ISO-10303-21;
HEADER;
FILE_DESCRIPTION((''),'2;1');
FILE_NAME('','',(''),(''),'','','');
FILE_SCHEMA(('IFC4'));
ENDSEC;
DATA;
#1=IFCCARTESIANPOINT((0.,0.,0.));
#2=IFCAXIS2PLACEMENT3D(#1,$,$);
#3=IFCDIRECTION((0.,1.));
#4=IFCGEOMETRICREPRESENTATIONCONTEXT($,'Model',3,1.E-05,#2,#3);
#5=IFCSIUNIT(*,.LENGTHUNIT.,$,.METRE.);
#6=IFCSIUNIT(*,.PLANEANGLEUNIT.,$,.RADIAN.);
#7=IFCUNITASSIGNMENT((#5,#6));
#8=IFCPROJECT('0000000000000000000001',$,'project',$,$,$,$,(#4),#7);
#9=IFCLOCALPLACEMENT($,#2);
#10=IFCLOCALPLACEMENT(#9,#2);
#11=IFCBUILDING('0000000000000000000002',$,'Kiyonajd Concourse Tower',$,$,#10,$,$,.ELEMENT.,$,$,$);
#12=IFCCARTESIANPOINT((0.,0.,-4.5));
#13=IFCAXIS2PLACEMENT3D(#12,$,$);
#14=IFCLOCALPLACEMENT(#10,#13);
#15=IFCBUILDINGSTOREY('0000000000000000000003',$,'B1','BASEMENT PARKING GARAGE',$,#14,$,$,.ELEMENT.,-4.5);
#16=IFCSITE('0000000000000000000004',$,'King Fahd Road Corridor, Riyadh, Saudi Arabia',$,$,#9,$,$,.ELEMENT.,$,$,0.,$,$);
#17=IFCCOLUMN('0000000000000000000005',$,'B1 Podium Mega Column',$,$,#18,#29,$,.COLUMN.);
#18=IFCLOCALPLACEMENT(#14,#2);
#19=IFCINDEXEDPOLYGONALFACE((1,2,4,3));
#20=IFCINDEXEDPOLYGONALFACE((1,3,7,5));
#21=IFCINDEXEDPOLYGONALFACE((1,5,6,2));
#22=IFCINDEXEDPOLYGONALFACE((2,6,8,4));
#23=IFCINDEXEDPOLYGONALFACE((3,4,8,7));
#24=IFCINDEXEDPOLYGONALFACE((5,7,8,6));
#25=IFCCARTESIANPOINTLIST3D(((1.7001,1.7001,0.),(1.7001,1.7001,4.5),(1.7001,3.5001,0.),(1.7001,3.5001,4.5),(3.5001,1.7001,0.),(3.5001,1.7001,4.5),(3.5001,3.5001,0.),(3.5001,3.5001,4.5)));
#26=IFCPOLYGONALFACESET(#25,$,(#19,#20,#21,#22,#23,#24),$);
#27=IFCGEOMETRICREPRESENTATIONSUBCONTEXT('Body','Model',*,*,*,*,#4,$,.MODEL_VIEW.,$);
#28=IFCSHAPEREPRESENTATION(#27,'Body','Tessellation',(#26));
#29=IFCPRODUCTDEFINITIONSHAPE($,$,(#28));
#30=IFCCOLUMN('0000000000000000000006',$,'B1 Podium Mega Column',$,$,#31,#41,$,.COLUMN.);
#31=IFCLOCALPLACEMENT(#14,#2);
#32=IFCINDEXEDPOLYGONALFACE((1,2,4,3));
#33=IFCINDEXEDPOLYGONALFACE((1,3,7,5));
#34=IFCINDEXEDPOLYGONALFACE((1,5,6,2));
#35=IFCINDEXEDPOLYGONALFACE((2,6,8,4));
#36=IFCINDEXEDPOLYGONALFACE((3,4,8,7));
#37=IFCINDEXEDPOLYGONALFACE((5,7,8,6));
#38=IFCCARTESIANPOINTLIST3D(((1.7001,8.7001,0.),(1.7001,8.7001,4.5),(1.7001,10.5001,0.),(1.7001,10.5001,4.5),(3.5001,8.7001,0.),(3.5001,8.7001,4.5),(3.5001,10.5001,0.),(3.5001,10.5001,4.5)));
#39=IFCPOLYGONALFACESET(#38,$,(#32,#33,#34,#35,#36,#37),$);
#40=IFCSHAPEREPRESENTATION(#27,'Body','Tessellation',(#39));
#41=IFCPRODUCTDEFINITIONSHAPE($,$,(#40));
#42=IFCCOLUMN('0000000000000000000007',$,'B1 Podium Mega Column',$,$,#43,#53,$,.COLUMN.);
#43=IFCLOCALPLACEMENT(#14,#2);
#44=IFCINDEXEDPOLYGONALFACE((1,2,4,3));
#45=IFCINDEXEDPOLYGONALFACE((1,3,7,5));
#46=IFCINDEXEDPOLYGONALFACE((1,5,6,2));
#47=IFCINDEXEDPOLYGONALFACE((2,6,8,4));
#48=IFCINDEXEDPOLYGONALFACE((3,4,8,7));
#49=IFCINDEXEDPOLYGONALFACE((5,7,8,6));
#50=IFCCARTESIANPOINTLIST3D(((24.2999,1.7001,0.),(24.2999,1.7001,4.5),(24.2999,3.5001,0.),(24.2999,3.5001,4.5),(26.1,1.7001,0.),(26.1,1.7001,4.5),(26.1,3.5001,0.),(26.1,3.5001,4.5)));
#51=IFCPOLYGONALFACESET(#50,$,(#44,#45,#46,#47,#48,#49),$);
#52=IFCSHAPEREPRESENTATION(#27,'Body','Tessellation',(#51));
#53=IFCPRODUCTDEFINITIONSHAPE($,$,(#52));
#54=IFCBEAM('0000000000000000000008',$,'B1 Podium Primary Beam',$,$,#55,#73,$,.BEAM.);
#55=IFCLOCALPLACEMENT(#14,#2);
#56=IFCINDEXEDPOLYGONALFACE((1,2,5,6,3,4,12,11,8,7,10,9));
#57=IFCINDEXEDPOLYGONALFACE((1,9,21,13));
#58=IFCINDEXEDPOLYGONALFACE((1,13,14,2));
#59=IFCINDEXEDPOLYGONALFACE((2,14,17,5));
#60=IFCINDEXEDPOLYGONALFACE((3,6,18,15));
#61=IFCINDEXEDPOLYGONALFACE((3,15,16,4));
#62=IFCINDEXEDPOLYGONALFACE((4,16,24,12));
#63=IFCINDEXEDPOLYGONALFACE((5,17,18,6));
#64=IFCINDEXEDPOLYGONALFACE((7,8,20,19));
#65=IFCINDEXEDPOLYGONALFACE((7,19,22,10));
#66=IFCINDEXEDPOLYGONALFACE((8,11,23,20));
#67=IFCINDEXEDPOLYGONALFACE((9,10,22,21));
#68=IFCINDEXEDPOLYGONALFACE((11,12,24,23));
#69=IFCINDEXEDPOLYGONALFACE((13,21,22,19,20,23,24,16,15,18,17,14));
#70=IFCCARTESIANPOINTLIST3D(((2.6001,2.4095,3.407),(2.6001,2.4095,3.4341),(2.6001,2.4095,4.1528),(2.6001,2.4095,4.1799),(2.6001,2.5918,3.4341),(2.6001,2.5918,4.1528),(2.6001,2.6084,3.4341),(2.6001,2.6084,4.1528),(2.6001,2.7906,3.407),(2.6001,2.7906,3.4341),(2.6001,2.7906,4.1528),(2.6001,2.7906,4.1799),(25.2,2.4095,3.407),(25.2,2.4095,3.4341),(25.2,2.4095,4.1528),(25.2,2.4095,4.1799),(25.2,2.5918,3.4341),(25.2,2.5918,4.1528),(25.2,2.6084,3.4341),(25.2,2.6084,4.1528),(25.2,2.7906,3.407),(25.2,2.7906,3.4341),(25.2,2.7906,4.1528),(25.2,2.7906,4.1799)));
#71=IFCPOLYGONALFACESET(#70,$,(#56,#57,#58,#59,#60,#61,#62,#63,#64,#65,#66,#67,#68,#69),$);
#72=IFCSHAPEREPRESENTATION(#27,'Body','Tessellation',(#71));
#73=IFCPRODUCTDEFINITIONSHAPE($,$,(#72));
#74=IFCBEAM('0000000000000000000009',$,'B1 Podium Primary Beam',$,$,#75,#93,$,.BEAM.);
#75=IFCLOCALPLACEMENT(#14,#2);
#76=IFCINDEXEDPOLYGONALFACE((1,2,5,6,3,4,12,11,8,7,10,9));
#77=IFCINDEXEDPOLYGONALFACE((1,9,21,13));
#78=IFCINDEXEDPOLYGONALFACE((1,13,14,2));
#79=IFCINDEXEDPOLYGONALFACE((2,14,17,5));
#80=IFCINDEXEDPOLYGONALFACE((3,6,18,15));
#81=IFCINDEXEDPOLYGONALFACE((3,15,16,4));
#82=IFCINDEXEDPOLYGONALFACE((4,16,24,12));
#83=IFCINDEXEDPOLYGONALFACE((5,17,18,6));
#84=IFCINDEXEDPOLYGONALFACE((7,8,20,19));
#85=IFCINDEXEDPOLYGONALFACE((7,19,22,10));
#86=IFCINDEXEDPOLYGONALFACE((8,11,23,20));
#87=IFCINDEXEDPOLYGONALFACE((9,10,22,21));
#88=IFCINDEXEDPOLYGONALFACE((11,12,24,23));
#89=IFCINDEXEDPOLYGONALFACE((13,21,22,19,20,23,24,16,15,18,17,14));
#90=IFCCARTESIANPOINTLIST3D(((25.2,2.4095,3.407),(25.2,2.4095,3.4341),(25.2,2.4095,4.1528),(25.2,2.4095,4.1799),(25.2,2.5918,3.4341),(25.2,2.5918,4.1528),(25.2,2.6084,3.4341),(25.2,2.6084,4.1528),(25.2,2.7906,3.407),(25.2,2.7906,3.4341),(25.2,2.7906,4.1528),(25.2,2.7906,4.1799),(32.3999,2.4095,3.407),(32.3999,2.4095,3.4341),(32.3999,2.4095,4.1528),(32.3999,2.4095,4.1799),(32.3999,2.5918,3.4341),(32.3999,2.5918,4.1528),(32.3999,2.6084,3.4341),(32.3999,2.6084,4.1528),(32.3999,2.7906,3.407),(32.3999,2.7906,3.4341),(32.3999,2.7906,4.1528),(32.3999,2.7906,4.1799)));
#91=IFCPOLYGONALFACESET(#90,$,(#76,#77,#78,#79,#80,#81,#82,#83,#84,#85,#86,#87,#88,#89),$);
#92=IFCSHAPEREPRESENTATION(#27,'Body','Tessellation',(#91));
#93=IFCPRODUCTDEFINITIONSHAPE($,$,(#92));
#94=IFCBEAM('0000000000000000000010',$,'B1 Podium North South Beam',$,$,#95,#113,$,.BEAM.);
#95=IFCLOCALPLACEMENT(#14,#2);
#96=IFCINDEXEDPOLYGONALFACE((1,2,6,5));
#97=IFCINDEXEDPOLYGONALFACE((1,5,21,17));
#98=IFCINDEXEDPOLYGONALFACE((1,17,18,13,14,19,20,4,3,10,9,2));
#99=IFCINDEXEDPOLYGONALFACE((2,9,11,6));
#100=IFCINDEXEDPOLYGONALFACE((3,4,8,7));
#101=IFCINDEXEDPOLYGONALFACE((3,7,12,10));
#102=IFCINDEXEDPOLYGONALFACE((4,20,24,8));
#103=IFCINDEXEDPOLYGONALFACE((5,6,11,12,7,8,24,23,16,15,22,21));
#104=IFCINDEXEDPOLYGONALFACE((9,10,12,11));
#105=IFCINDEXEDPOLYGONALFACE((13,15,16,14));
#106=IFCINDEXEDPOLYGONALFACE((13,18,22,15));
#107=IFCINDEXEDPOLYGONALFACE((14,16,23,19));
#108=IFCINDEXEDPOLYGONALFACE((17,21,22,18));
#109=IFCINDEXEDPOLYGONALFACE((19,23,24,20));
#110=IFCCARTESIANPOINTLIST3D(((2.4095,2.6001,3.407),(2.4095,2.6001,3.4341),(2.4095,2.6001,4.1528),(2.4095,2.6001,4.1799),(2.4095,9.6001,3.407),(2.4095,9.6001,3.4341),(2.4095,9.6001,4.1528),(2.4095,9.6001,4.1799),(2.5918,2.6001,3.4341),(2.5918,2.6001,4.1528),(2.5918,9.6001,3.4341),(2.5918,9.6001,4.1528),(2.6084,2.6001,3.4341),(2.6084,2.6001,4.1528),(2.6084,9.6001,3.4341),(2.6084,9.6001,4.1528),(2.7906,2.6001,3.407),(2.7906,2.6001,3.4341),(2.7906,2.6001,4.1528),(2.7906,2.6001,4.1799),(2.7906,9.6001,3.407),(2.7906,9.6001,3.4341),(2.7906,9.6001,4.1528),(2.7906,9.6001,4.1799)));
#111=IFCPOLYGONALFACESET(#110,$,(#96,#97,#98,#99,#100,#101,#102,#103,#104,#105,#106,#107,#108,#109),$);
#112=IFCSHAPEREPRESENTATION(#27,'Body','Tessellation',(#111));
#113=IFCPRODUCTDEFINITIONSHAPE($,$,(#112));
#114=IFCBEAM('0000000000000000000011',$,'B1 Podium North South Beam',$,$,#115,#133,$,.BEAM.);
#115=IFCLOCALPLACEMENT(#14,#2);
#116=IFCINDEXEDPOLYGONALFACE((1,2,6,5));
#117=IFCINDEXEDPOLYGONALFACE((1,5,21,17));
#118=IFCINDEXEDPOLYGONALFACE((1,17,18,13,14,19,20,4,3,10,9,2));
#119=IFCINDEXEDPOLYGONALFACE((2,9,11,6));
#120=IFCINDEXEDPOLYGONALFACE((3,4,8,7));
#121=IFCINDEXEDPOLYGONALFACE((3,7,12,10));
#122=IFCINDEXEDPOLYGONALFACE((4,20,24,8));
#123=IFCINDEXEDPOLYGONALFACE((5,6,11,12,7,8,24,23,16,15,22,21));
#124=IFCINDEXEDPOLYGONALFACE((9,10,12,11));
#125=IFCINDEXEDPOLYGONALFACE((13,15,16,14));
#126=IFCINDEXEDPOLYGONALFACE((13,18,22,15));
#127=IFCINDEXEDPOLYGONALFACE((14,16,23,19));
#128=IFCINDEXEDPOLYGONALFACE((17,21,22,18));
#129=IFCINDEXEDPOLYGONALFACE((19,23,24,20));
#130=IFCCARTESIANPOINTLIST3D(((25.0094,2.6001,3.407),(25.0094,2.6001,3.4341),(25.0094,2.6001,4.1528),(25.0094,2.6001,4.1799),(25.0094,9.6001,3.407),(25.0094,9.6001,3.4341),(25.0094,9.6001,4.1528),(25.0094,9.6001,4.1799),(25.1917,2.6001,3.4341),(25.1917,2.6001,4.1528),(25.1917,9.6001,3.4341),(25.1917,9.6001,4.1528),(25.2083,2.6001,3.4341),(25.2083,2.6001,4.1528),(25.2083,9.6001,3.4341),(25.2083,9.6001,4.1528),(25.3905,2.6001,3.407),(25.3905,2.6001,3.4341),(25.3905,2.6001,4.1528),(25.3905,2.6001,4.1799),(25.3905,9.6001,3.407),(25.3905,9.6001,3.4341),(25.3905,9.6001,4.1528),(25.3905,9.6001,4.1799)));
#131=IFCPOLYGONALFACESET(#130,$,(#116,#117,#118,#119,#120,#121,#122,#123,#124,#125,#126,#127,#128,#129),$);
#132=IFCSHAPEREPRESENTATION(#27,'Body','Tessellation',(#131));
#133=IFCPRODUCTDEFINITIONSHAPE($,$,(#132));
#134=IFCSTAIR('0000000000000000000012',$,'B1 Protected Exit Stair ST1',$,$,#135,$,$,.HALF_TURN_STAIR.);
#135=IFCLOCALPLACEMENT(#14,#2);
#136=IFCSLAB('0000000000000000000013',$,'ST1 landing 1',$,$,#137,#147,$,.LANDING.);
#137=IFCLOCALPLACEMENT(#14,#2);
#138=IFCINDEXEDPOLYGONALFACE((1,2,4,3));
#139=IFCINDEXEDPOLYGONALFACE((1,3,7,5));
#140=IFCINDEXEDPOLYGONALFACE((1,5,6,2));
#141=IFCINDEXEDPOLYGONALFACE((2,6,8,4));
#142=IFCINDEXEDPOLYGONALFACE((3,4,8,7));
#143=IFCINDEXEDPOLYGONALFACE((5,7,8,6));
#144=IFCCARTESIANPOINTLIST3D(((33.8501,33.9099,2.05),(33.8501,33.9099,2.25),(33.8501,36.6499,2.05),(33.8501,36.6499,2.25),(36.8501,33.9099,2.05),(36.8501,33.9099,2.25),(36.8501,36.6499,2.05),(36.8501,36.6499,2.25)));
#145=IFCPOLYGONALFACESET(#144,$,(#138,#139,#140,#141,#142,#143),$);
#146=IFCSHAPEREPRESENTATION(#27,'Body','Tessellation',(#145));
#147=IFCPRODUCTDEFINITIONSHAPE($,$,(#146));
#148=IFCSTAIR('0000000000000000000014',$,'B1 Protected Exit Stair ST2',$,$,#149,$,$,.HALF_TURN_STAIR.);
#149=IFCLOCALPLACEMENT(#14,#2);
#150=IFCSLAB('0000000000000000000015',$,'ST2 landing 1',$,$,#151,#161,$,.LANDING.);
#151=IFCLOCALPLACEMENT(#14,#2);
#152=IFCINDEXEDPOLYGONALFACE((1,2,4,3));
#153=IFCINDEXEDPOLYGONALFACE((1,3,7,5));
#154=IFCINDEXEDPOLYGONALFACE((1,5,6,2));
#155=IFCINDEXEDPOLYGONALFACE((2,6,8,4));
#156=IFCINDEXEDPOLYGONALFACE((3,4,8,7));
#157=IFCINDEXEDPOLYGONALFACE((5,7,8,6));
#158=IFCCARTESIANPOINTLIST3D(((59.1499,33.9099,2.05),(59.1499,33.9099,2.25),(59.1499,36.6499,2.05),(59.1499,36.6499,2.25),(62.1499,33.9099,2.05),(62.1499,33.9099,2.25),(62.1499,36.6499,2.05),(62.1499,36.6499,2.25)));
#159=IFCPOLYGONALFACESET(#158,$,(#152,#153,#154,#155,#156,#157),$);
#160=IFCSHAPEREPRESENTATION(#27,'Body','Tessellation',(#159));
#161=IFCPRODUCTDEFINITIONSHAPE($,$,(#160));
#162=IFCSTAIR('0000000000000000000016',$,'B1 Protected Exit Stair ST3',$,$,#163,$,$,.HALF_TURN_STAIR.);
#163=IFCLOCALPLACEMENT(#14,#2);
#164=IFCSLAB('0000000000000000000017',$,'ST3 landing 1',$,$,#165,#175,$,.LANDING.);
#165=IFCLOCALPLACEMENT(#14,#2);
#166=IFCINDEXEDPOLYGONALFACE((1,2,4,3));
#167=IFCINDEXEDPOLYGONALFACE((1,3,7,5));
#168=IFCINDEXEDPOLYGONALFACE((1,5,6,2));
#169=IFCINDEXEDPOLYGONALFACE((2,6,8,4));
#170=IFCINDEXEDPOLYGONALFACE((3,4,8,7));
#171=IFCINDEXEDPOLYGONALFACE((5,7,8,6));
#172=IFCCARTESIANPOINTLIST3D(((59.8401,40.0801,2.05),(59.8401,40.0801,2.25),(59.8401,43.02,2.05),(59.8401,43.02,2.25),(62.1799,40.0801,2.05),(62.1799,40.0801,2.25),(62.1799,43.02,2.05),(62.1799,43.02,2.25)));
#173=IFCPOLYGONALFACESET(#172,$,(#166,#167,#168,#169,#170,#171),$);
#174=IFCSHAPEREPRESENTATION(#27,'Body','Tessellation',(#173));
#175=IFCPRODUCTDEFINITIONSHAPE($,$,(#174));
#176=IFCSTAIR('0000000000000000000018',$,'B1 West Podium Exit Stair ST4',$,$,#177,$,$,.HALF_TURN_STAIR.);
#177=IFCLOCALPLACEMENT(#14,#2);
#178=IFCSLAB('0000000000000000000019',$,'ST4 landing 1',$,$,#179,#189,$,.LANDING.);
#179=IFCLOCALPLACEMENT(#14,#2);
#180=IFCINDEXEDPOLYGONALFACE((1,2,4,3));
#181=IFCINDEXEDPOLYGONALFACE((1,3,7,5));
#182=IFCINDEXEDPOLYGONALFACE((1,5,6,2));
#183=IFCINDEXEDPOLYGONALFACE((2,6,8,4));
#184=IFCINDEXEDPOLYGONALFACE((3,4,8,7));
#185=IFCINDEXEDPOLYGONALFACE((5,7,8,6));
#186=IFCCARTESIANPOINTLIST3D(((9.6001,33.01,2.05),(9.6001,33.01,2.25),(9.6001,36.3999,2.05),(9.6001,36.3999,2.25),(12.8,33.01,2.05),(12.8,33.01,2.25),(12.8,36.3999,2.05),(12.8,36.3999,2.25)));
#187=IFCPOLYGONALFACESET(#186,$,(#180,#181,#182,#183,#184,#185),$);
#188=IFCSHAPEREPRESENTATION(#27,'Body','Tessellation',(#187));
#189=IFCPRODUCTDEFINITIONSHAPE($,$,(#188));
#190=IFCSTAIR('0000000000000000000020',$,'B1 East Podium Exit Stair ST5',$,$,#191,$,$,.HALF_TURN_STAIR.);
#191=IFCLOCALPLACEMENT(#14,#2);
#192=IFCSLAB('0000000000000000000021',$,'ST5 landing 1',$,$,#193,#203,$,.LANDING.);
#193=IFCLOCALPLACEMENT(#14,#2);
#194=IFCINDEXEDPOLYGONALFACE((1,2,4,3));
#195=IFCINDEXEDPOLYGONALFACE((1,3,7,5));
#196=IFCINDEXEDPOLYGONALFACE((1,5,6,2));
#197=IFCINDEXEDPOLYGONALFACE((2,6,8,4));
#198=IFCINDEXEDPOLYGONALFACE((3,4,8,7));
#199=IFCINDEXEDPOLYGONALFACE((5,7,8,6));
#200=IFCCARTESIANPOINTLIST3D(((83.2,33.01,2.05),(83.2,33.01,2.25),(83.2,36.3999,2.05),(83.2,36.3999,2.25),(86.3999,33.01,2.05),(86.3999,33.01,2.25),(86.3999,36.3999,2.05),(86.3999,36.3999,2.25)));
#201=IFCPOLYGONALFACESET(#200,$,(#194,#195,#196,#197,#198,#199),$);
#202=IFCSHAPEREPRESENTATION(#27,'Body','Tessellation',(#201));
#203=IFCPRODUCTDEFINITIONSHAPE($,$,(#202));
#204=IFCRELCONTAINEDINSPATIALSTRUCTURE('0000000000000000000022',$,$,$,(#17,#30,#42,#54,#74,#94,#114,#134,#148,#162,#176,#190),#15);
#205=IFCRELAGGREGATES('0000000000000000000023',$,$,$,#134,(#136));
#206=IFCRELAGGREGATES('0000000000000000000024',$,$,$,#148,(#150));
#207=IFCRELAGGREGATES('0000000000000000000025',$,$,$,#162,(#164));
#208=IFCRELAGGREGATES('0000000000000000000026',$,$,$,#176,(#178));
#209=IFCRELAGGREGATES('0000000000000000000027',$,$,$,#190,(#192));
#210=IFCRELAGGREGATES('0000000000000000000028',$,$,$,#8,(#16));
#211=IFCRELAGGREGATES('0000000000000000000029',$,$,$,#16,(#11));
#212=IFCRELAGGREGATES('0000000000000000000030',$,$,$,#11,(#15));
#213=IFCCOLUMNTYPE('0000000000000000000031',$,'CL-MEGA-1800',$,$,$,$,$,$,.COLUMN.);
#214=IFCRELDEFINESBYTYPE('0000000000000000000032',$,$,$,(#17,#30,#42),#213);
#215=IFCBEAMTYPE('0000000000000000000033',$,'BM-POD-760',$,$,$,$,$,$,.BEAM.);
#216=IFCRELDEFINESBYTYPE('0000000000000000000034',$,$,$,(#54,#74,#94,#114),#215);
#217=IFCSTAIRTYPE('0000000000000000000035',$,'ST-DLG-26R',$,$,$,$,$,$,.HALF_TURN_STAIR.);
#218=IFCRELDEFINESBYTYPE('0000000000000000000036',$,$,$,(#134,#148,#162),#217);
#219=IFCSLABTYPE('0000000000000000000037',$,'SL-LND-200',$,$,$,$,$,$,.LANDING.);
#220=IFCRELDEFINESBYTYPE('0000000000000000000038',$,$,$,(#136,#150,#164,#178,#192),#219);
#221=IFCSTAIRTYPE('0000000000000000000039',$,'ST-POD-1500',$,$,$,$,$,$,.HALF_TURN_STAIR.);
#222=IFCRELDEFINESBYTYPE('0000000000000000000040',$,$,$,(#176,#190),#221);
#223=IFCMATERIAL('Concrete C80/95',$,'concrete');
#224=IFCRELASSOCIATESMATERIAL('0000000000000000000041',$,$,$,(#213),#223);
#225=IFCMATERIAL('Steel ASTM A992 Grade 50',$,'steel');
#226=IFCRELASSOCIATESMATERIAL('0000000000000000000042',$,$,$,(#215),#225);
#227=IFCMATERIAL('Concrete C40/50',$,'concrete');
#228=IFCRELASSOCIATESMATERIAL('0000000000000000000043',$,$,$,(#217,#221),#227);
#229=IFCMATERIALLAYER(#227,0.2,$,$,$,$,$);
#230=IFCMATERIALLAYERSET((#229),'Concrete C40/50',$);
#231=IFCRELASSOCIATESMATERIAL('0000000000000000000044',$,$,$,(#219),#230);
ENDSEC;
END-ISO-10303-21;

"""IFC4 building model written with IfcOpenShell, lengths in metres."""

from ifc_helpers import new_model, si_unit, direction, frame, origin, origin_2d, place, context, subcontext, project, spatial, polyline, rectangle, i_section, outline, extrude, material, layer, layer_set, material_profile, profile_set, type_object, element, aggregate, save


model = new_model("IFC4")

# Units and contexts
model_context = context("Model", 3, precision=1e-05, world=origin(), true_north=direction((0.0, 1.0)))
body_context = subcontext(model_context, "Body", "Model", "MODEL_VIEW")
ifc_project = project(units=[si_unit("LENGTHUNIT", "METRE"), si_unit("PLANEANGLEUNIT", "RADIAN")], contexts=[model_context])

# Site, building, storey
site_placement = place(None, origin())
site = spatial("IfcSite", under=ifc_project, at=site_placement, Name="King Fahd Road Corridor, Riyadh, Saudi Arabia", CompositionType="ELEMENT", RefElevation=0.0)
building_placement = place(site_placement, origin())
building = spatial("IfcBuilding", under=site, at=building_placement, Name="Kiyonajd Concourse Tower", CompositionType="ELEMENT")
storey_placement = place(building_placement, frame((0.0, 0.0, -4.5)))
storey = spatial("IfcBuildingStorey", under=building, at=storey_placement, Name="B1", Description="BASEMENT PARKING GARAGE", CompositionType="ELEMENT", Elevation=-4.5)

# Columns
ifc_material_1 = material(Name="Concrete C80/95", Category="concrete")
ifc_material_profile_1 = material_profile(ifc_material_1, rectangle(XDim=1.8, YDim=1.8, at=origin_2d()), Name="RC-1800x1800")
ifc_profile_set_1 = profile_set([ifc_material_profile_1], Name="Concrete C80/95")
column_type = type_object("IfcColumnType", Name="CL-MEGA-1800", PredefinedType="COLUMN", material=ifc_profile_set_1)
for number, where, z_axis, x_axis, name in (
    (1, (2.6001, 2.6001, 0.0), (0.0, 0.0, 1.0), (1.0, 0.0, 0.0), "B1 Podium Mega Column"),
    (2, (2.6001, 9.6001, 0.0), (0.0, 0.0, 1.0), (1.0, 0.0, 0.0), "B1 Podium Mega Column"),
    (3, (25.2, 2.6001, 0.0), (0.0, 0.0, 1.0), (1.0, 0.0, 0.0), "B1 Podium Mega Column"),
):
    element("IfcColumn", number, at=place(storey_placement, frame(where, z_axis=z_axis, x_axis=x_axis)), inside=storey, type_object=column_type, Name=name, PredefinedType="COLUMN", context=body_context, shape_type="SweptSolid", body=[
        extrude(rectangle(XDim=1.8, YDim=1.8, at=origin_2d()), origin(), (0.0, 0.0, 1.0), 4.5),
    ])

# Beams
ifc_material_2 = material(Name="Steel ASTM A992 Grade 50", Category="steel")
ifc_material_profile_2 = material_profile(ifc_material_2, i_section(OverallWidth=0.3811, OverallDepth=0.7729, WebThickness=0.0166, FlangeThickness=0.0271, at=origin_2d()), Name="W760X257")
ifc_profile_set_2 = profile_set([ifc_material_profile_2], Name="Steel ASTM A992 Grade 50")
beam_type = type_object("IfcBeamType", Name="BM-POD-760", PredefinedType="BEAM", material=ifc_profile_set_2)
beam_1_placement = place(storey_placement, frame((2.6001, 2.6001, 3.7935), z_axis=(1.0, 0.0, 0.0), x_axis=(0.0, 1.0, 0.0)))
element("IfcBeam", 4, at=beam_1_placement, inside=storey, type_object=beam_type, Name="B1 Podium Primary Beam", PredefinedType="BEAM", context=body_context, shape_type="SweptSolid", body=[
    extrude(i_section(OverallWidth=0.3811, OverallDepth=0.7729, WebThickness=0.0166, FlangeThickness=0.0271, at=origin_2d()), origin(), (0.0, 0.0, 1.0), 22.5999),
])
beam_2_placement = place(storey_placement, frame((25.2, 2.6001, 3.7935), z_axis=(1.0, 0.0, 0.0), x_axis=(0.0, 1.0, 0.0)))
element("IfcBeam", 5, at=beam_2_placement, inside=storey, type_object=beam_type, Name="B1 Podium Primary Beam", PredefinedType="BEAM", context=body_context, shape_type="SweptSolid", body=[
    extrude(i_section(OverallWidth=0.3811, OverallDepth=0.7729, WebThickness=0.0166, FlangeThickness=0.0271, at=origin_2d()), origin(), (0.0, 0.0, 1.0), 7.2),
])
for number, where, z_axis, x_axis, name in (
    (6, (2.6001, 2.6001, 3.7935), (0.0, 1.0, 0.0), (-1.0, 0.0, 0.0), "B1 Podium North South Beam"),
    (7, (25.2, 2.6001, 3.7935), (0.0, 1.0, 0.0), (-1.0, 0.0, 0.0), "B1 Podium North South Beam"),
):
    element("IfcBeam", number, at=place(storey_placement, frame(where, z_axis=z_axis, x_axis=x_axis)), inside=storey, type_object=beam_type, Name=name, PredefinedType="BEAM", context=body_context, shape_type="SweptSolid", body=[
        extrude(i_section(OverallWidth=0.3811, OverallDepth=0.7729, WebThickness=0.0166, FlangeThickness=0.0271, at=origin_2d()), origin(), (0.0, 0.0, 1.0), 7.0),
    ])

# Stairs, slabs
ifc_material_3 = material(Name="Concrete C40/50", Category="concrete")
stair_type_1 = type_object("IfcStairType", Name="ST-DLG-26R", PredefinedType="HALF_TURN_STAIR", material=ifc_material_3)
stair_1_placement = place(storey_placement, origin())
stair_1 = element("IfcStair", 8, at=stair_1_placement, inside=storey, type_object=stair_type_1, Name="B1 Protected Exit Stair ST1", PredefinedType="HALF_TURN_STAIR")
ifc_layer_1 = layer(ifc_material_3, 0.2)
ifc_layer_set_1 = layer_set([ifc_layer_1], Name="Concrete C40/50")
slab_type_1 = type_object("IfcSlabType", Name="SL-LND-200", PredefinedType="LANDING", material=ifc_layer_set_1)
slab_1_placement = place(storey_placement, frame((0.0, 0.0, 2.05)))
slab_1 = element("IfcSlab", 9, at=slab_1_placement, type_object=slab_type_1, Name="ST1 landing 1", PredefinedType="LANDING", context=body_context, shape_type="SweptSolid", body=[
    extrude(outline(polyline([(36.8501, 33.9099), (36.8501, 36.6499), (33.8501, 36.6499), (33.8501, 33.9099), (36.8501, 33.9099)])), origin(), (0.0, 0.0, 1.0), 0.2),
])
aggregate(stair_1, [slab_1])
stair_2_placement = place(storey_placement, origin())
stair_2 = element("IfcStair", 10, at=stair_2_placement, inside=storey, type_object=stair_type_1, Name="B1 Protected Exit Stair ST2", PredefinedType="HALF_TURN_STAIR")
slab_2_placement = place(storey_placement, frame((0.0, 0.0, 2.05)))
slab_2 = element("IfcSlab", 11, at=slab_2_placement, type_object=slab_type_1, Name="ST2 landing 1", PredefinedType="LANDING", context=body_context, shape_type="SweptSolid", body=[
    extrude(outline(polyline([(62.1499, 33.9099), (62.1499, 36.6499), (59.1499, 36.6499), (59.1499, 33.9099), (62.1499, 33.9099)])), origin(), (0.0, 0.0, 1.0), 0.2),
])
aggregate(stair_2, [slab_2])
stair_3_placement = place(storey_placement, origin())
stair_3 = element("IfcStair", 12, at=stair_3_placement, inside=storey, type_object=stair_type_1, Name="B1 Protected Exit Stair ST3", PredefinedType="HALF_TURN_STAIR")
slab_3_placement = place(storey_placement, frame((0.0, 0.0, 2.05)))
slab_3 = element("IfcSlab", 13, at=slab_3_placement, type_object=slab_type_1, Name="ST3 landing 1", PredefinedType="LANDING", context=body_context, shape_type="SweptSolid", body=[
    extrude(outline(polyline([(59.8401, 40.0801), (62.1799, 40.0801), (62.1799, 43.02), (59.8401, 43.02), (59.8401, 40.0801)])), origin(), (0.0, 0.0, 1.0), 0.2),
])
aggregate(stair_3, [slab_3])
stair_type_2 = type_object("IfcStairType", Name="ST-POD-1500", PredefinedType="HALF_TURN_STAIR", material=ifc_material_3)
stair_4_placement = place(storey_placement, origin())
stair_4 = element("IfcStair", 14, at=stair_4_placement, inside=storey, type_object=stair_type_2, Name="B1 West Podium Exit Stair ST4", PredefinedType="HALF_TURN_STAIR")
slab_4_placement = place(storey_placement, frame((0.0, 0.0, 2.05)))
slab_4 = element("IfcSlab", 15, at=slab_4_placement, type_object=slab_type_1, Name="ST4 landing 1", PredefinedType="LANDING", context=body_context, shape_type="SweptSolid", body=[
    extrude(outline(polyline([(12.8, 33.01), (12.8, 36.3999), (9.6001, 36.3999), (9.6001, 33.01), (12.8, 33.01)])), origin(), (0.0, 0.0, 1.0), 0.2),
])
aggregate(stair_4, [slab_4])
stair_5_placement = place(storey_placement, origin())
stair_5 = element("IfcStair", 16, at=stair_5_placement, inside=storey, type_object=stair_type_2, Name="B1 East Podium Exit Stair ST5", PredefinedType="HALF_TURN_STAIR")
slab_5_placement = place(storey_placement, frame((0.0, 0.0, 2.05)))
slab_5 = element("IfcSlab", 17, at=slab_5_placement, type_object=slab_type_1, Name="ST5 landing 1", PredefinedType="LANDING", context=body_context, shape_type="SweptSolid", body=[
    extrude(outline(polyline([(86.3999, 33.01), (86.3999, 36.3999), (83.2, 36.3999), (83.2, 33.01), (86.3999, 33.01)])), origin(), (0.0, 0.0, 1.0), 0.2),
])
aggregate(stair_5, [slab_5])

save(model, "model.ifc")
